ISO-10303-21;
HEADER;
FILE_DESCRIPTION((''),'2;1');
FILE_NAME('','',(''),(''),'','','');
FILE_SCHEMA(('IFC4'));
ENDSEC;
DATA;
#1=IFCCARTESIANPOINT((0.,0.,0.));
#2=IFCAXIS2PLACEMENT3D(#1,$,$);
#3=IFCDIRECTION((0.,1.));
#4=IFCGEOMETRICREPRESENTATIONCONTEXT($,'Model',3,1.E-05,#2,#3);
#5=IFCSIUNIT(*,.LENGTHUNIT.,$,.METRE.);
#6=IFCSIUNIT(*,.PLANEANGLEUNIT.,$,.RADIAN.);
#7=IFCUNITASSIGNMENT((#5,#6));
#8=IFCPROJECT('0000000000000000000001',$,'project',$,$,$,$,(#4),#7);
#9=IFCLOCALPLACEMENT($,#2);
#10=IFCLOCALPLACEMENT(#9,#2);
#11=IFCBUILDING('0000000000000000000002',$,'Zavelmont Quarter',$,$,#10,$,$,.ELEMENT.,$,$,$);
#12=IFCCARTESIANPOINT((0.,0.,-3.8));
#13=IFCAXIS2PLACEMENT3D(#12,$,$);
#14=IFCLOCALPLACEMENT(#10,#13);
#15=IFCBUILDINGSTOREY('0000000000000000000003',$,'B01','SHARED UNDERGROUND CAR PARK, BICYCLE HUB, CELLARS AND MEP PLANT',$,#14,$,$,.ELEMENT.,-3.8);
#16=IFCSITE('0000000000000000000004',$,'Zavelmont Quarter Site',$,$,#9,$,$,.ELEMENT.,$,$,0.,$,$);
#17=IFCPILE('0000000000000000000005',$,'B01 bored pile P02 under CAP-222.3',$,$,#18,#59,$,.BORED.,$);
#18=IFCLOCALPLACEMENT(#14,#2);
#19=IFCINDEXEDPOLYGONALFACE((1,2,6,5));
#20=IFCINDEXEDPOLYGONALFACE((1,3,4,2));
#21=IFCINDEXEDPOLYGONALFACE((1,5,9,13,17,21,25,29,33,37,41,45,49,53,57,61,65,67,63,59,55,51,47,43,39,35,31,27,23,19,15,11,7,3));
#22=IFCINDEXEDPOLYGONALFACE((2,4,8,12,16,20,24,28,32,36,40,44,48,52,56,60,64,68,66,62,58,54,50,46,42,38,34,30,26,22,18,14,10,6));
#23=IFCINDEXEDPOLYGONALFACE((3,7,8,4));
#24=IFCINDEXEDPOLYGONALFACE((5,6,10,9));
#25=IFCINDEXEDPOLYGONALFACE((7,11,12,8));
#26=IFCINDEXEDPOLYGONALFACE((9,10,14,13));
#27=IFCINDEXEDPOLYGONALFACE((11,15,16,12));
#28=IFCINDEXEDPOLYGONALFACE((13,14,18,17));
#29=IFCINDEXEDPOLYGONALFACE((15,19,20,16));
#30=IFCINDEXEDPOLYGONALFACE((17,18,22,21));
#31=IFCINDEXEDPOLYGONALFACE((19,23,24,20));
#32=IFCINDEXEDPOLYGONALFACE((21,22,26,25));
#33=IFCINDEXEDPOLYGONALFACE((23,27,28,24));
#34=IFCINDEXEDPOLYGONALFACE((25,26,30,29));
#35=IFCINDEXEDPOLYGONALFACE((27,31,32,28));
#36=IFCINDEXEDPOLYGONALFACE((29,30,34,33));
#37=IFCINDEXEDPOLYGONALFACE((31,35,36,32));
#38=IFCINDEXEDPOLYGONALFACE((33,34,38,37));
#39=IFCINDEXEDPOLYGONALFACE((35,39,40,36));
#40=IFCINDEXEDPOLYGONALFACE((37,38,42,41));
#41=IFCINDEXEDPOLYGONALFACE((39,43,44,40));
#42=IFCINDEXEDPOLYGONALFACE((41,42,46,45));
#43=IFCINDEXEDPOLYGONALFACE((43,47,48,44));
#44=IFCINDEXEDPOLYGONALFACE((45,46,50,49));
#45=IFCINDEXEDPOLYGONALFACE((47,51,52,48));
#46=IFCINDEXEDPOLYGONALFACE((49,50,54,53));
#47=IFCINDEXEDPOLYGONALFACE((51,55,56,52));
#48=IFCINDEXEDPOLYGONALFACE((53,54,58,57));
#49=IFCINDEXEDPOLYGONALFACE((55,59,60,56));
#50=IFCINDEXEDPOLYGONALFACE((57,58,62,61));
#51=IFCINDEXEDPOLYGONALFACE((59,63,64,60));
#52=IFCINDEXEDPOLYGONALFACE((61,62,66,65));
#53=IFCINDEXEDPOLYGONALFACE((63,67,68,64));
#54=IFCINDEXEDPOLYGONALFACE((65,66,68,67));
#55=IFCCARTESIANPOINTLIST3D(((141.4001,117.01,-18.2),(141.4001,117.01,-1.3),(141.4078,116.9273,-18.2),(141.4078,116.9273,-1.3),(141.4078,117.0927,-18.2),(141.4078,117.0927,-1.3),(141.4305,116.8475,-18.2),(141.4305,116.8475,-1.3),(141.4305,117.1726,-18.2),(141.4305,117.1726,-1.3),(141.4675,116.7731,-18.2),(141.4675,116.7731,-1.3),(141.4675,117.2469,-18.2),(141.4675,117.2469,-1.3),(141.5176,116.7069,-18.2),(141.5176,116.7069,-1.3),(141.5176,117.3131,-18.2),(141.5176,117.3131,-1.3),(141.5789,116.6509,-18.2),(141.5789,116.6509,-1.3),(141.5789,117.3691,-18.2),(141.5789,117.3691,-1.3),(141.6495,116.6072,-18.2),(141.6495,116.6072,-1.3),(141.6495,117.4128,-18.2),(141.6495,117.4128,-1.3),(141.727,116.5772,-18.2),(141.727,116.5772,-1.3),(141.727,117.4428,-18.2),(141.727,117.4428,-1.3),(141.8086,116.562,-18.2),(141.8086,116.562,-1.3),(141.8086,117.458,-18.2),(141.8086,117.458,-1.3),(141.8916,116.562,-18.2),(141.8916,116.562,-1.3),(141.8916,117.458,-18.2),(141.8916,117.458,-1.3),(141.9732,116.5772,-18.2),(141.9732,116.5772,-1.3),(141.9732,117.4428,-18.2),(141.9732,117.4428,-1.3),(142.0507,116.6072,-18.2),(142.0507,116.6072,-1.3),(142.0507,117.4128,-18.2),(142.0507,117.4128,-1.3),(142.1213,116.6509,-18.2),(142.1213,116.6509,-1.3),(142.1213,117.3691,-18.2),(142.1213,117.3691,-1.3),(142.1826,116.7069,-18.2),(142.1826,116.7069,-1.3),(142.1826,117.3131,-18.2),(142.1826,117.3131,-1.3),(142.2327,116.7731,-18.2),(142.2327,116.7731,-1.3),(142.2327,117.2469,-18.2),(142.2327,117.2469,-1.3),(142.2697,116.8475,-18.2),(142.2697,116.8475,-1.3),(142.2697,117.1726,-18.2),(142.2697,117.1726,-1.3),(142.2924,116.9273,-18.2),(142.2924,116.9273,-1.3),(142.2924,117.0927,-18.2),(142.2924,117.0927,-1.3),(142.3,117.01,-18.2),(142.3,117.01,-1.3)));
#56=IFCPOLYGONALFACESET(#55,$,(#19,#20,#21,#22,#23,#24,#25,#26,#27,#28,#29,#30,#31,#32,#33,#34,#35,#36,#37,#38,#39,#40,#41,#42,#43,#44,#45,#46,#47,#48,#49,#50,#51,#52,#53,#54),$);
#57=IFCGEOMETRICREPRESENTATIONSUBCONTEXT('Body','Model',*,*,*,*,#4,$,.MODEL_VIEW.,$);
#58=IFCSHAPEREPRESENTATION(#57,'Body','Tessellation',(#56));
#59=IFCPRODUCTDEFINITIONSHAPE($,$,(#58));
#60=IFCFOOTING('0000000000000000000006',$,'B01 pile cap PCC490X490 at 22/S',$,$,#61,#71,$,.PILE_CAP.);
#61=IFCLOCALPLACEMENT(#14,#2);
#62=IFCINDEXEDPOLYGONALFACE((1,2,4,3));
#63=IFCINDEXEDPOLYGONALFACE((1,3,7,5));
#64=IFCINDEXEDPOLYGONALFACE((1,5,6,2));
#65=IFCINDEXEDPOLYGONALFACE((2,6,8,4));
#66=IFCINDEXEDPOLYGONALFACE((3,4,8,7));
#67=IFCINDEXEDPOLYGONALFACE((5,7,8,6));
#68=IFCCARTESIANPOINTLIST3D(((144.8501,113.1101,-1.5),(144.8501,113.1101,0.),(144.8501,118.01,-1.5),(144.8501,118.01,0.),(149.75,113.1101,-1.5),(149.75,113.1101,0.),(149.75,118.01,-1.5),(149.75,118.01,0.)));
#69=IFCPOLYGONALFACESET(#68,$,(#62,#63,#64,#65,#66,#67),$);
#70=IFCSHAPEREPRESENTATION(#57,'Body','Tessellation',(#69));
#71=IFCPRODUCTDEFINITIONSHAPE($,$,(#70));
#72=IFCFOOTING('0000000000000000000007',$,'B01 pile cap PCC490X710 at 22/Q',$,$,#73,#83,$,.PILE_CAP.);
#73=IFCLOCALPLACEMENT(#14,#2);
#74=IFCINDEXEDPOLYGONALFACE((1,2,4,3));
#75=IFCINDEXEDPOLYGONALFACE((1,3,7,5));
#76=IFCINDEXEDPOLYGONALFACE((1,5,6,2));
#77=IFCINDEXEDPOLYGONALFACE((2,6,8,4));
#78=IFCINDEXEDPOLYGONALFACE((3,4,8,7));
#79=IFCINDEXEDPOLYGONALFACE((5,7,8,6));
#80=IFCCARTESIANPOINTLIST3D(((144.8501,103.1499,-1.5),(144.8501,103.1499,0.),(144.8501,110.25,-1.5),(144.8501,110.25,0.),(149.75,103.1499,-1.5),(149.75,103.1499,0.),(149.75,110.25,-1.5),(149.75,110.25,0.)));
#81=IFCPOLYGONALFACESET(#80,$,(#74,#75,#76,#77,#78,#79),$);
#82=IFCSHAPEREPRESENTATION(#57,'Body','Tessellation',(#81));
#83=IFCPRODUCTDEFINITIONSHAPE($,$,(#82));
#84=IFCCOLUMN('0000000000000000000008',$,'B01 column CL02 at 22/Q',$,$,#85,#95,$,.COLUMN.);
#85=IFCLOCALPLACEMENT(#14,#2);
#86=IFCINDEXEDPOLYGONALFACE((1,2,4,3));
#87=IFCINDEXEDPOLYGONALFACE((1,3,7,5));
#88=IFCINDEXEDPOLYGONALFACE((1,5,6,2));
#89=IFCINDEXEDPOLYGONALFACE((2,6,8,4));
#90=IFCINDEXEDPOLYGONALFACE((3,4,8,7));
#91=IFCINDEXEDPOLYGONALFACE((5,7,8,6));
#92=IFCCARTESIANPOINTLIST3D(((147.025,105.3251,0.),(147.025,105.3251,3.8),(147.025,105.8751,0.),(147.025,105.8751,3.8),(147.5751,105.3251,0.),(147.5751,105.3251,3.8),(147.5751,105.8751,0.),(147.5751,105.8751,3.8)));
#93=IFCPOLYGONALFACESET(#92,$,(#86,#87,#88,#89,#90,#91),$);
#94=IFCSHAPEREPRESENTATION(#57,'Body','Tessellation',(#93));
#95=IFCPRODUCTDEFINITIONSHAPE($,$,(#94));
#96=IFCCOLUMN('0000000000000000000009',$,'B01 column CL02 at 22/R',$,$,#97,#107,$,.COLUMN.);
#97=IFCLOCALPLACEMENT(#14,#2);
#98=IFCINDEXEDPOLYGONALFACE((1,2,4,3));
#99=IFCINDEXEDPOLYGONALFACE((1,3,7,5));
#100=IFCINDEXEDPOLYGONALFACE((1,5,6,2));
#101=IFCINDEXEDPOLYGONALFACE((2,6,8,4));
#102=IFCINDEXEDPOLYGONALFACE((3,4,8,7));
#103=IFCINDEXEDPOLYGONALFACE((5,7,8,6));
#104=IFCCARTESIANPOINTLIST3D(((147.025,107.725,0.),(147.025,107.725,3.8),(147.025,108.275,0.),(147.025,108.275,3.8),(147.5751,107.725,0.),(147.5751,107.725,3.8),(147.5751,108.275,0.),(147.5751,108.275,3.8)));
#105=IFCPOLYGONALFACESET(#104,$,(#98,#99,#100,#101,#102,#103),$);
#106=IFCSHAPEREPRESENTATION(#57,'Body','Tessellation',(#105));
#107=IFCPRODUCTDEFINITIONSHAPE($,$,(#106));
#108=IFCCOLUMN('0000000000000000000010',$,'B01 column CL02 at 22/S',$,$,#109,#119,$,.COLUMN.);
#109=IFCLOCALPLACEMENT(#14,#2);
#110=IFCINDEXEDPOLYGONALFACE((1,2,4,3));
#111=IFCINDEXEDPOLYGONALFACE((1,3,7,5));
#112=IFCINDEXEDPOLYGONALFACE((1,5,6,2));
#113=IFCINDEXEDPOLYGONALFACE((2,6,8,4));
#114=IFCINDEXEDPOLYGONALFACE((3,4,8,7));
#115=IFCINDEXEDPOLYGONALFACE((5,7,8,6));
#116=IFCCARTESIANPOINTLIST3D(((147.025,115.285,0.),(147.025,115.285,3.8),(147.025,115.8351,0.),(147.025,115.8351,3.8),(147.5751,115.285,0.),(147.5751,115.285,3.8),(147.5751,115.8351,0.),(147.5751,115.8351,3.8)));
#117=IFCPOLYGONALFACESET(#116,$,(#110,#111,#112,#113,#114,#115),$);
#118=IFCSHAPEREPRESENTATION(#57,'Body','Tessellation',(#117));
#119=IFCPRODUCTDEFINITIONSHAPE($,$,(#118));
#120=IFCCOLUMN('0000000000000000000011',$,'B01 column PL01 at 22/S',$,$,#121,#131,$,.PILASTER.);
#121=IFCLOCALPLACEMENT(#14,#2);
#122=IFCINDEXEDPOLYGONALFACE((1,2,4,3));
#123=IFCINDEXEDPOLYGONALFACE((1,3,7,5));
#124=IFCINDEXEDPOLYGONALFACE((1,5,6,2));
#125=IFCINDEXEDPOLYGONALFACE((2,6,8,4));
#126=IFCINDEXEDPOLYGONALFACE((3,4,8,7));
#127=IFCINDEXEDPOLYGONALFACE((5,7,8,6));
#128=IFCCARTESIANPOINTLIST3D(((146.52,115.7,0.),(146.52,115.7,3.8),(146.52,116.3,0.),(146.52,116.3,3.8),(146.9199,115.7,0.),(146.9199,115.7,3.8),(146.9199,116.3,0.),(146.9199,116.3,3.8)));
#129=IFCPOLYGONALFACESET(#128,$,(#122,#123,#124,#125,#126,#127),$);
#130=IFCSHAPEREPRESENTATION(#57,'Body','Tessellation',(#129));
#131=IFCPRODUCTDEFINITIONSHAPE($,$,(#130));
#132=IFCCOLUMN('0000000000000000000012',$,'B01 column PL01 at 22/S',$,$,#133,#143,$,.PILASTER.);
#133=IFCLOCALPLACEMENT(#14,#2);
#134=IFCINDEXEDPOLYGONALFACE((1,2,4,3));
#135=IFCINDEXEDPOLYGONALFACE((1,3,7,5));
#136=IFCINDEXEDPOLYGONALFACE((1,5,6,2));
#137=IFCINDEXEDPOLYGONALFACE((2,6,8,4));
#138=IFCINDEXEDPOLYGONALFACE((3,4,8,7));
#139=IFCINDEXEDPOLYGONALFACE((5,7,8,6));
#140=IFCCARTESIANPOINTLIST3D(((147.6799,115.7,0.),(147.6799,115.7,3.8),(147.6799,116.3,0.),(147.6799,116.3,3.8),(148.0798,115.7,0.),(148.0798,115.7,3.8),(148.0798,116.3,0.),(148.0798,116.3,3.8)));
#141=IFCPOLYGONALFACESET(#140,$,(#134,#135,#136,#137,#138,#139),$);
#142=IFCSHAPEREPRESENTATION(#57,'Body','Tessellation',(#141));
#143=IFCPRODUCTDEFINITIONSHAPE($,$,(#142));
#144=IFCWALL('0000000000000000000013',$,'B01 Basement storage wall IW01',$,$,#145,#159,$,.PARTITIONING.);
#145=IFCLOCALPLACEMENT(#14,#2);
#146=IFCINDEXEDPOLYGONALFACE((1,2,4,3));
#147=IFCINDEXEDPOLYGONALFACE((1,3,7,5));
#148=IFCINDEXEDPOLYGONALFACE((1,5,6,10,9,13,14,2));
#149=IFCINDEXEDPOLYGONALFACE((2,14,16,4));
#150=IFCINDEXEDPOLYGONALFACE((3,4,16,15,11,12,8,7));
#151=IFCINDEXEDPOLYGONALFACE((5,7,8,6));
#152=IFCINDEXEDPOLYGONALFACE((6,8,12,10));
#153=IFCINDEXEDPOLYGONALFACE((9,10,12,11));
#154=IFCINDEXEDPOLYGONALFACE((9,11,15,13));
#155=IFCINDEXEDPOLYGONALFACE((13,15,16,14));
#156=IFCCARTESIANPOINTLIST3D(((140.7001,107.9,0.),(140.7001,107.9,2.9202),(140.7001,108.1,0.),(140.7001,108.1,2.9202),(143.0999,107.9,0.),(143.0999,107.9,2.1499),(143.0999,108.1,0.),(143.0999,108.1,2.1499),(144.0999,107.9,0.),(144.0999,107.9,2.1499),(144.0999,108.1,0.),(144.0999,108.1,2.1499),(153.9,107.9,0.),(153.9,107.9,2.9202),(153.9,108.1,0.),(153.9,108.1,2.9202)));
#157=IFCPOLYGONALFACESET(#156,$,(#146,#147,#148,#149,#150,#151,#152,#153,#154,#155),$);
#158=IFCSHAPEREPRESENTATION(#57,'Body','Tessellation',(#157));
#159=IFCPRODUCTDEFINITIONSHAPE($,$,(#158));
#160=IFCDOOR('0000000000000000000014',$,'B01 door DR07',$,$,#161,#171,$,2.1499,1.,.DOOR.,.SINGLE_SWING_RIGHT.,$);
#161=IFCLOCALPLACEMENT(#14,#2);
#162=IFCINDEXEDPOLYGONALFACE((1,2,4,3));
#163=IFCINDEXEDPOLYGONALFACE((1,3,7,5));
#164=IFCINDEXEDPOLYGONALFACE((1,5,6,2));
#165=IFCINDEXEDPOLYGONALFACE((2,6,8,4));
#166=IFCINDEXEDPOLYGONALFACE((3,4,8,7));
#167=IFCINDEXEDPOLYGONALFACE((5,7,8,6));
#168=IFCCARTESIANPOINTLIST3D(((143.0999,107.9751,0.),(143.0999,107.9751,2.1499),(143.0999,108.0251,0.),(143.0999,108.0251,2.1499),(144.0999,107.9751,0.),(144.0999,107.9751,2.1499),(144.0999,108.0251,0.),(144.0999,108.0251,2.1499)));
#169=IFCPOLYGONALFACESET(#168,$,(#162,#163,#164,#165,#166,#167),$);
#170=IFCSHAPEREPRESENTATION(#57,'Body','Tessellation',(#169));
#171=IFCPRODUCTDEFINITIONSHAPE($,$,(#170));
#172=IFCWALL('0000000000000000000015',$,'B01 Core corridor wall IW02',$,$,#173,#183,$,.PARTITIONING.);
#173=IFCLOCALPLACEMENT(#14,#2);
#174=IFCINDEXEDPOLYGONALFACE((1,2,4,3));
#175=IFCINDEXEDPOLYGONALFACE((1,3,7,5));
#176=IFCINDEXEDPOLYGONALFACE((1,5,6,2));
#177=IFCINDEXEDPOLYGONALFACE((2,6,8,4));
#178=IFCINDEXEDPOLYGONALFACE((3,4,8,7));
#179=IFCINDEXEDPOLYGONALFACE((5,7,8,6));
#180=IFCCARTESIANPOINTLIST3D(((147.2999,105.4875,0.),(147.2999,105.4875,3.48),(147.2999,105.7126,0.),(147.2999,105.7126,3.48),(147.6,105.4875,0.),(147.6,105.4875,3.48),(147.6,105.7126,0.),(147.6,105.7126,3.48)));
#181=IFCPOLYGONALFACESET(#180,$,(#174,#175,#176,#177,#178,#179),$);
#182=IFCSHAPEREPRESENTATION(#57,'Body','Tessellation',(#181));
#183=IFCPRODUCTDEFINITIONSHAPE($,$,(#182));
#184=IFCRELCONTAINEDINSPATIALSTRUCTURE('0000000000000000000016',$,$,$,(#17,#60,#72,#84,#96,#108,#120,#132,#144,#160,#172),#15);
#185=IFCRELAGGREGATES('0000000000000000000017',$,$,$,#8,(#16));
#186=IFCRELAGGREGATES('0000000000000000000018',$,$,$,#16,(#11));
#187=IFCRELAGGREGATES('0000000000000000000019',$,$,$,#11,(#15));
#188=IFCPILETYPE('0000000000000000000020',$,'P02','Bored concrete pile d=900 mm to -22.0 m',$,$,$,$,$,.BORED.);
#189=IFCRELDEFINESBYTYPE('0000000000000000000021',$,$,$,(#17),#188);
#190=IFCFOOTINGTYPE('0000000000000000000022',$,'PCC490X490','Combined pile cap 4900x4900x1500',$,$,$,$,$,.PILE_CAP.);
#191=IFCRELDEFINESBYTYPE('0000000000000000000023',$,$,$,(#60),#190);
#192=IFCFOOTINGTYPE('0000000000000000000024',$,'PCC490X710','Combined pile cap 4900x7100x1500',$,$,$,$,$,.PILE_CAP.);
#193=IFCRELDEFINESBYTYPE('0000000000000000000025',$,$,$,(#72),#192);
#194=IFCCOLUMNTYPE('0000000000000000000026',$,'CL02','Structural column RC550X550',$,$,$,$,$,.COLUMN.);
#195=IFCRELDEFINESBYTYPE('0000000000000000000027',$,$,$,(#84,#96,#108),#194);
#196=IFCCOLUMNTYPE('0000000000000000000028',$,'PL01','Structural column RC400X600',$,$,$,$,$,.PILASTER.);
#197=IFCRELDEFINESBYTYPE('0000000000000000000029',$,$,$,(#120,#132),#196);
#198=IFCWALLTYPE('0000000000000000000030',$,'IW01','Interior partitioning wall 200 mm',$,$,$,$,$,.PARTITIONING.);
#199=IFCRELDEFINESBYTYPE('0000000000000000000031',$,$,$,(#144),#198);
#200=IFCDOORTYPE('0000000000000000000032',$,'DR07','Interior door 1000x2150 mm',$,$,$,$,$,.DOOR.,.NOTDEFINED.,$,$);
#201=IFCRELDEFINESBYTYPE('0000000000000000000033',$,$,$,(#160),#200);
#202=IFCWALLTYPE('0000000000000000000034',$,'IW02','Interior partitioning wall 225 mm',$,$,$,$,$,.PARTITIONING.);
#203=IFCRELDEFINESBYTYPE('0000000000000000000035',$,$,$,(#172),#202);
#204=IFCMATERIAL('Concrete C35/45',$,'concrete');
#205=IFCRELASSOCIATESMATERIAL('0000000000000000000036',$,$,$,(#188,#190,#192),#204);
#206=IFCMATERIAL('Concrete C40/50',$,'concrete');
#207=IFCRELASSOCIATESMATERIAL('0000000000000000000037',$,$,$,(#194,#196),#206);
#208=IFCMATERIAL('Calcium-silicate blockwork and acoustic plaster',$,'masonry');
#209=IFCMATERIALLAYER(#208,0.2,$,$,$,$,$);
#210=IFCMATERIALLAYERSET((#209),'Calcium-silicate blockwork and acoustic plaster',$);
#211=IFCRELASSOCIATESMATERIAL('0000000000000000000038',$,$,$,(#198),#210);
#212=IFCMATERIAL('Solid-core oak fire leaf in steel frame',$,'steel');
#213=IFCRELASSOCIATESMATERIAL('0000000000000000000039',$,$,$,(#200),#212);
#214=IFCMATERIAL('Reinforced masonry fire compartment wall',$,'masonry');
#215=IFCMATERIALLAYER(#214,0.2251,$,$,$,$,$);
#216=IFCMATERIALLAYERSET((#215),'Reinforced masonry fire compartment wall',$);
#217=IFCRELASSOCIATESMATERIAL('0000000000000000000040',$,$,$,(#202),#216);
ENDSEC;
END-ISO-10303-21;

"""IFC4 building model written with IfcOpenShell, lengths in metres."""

from ifc_helpers import new_model, si_unit, direction, frame, frame_2d, origin, origin_2d, place, context, subcontext, project, spatial, rectangle, circle, extrude, material, layer, layer_set, material_profile, profile_set, type_object, element, fill, save


model = new_model("IFC4")

# Units and contexts
model_context = context("Model", 3, precision=1e-05, world=origin(), true_north=direction((0.0, 1.0)))
body_context = subcontext(model_context, "Body", "Model", "MODEL_VIEW")
ifc_project = project(units=[si_unit("LENGTHUNIT", "METRE"), si_unit("PLANEANGLEUNIT", "RADIAN")], contexts=[model_context])

# Site, building, storey
site_placement = place(None, origin())
site = spatial("IfcSite", under=ifc_project, at=site_placement, Name="Zavelmont Quarter Site", CompositionType="ELEMENT", RefElevation=0.0)
building_placement = place(site_placement, origin())
building = spatial("IfcBuilding", under=site, at=building_placement, Name="Zavelmont Quarter", CompositionType="ELEMENT")
storey_placement = place(building_placement, frame((0.0, 0.0, -3.8)))
storey = spatial("IfcBuildingStorey", under=building, at=storey_placement, Name="B01", Description="SHARED UNDERGROUND CAR PARK, BICYCLE HUB, CELLARS AND MEP PLANT", CompositionType="ELEMENT", Elevation=-3.8)

# Shared definitions
ifc_material_1 = material(Name="Concrete C35/45", Category="concrete")

# Pile
ifc_material_profile_1 = material_profile(ifc_material_1, circle(Radius=0.45, at=origin_2d()), Name="BP900")
ifc_profile_set_1 = profile_set([ifc_material_profile_1], Name="Concrete C35/45")
pile_type_1 = type_object("IfcPileType", Name="P02", Description="Bored concrete pile d=900 mm to -22.0 m", PredefinedType="BORED", material=ifc_profile_set_1)
for number, where, z_axis, x_axis, name in (
    (1, (141.8501, 117.01, -1.3), (0.0, 0.0, -1.0), (1.0, 0.0, 0.0), "B01 bored pile P02 under CAP-222.3"),
):
    element("IfcPile", number, at=place(storey_placement, frame(where, z_axis=z_axis, x_axis=x_axis)), inside=storey, type_object=pile_type_1, Name=name, PredefinedType="BORED", context=body_context, shape_type="SweptSolid", body=[
        extrude(circle(Radius=0.45, at=origin_2d()), origin(), (0.0, 0.0, 1.0), 16.8999),
    ])

# Footings
footing_type_1 = type_object("IfcFootingType", Name="PCC490X490", Description="Combined pile cap 4900x4900x1500", PredefinedType="PILE_CAP", material=ifc_material_1)
footing_1_placement = place(storey_placement, frame((147.3, 115.5601, -1.5), z_axis=(0.0, 0.0, 1.0), x_axis=(1.0, 0.0, 0.0)))
element("IfcFooting", 2, at=footing_1_placement, inside=storey, type_object=footing_type_1, Name="B01 pile cap PCC490X490 at 22/S", PredefinedType="PILE_CAP", context=body_context, shape_type="SweptSolid", body=[
    extrude(rectangle(XDim=4.8999, YDim=4.8999, at=origin_2d()), origin(), (0.0, 0.0, 1.0), 1.5),
])
footing_type_2 = type_object("IfcFootingType", Name="PCC490X710", Description="Combined pile cap 4900x7100x1500", PredefinedType="PILE_CAP", material=ifc_material_1)
footing_2_placement = place(storey_placement, frame((147.3, 106.7, -1.5), z_axis=(0.0, 0.0, 1.0), x_axis=(1.0, 0.0, 0.0)))
element("IfcFooting", 3, at=footing_2_placement, inside=storey, type_object=footing_type_2, Name="B01 pile cap PCC490X710 at 22/Q", PredefinedType="PILE_CAP", context=body_context, shape_type="SweptSolid", body=[
    extrude(rectangle(XDim=4.8999, YDim=7.1001, at=origin_2d()), origin(), (0.0, 0.0, 1.0), 1.5),
])

# Columns
ifc_material_2 = material(Name="Concrete C40/50", Category="concrete")
ifc_material_profile_2 = material_profile(ifc_material_2, rectangle(XDim=0.55, YDim=0.55, at=origin_2d()), Name="RC550X550")
ifc_profile_set_2 = profile_set([ifc_material_profile_2], Name="Concrete C40/50")
column_type_1 = type_object("IfcColumnType", Name="CL02", Description="Structural column RC550X550", PredefinedType="COLUMN", material=ifc_profile_set_2)
for number, where, z_axis, x_axis, name in (
    (4, (147.3, 105.6001, 0.0), (0.0, 0.0, 1.0), (1.0, 0.0, 0.0), "B01 column CL02 at 22/Q"),
    (5, (147.3, 108.0, 0.0), (0.0, 0.0, 1.0), (1.0, 0.0, 0.0), "B01 column CL02 at 22/R"),
    (6, (147.3, 115.5601, 0.0), (0.0, 0.0, 1.0), (1.0, 0.0, 0.0), "B01 column CL02 at 22/S"),
):
    element("IfcColumn", number, at=place(storey_placement, frame(where, z_axis=z_axis, x_axis=x_axis)), inside=storey, type_object=column_type_1, Name=name, PredefinedType="COLUMN", context=body_context, shape_type="SweptSolid", body=[
        extrude(rectangle(XDim=0.55, YDim=0.55, at=origin_2d()), origin(), (0.0, 0.0, 1.0), 3.8),
    ])
ifc_material_profile_3 = material_profile(ifc_material_2, rectangle(XDim=0.3999, YDim=0.6001, at=origin_2d()), Name="RC400X600")
ifc_profile_set_3 = profile_set([ifc_material_profile_3], Name="Concrete C40/50")
column_type_2 = type_object("IfcColumnType", Name="PL01", Description="Structural column RC400X600", PredefinedType="PILASTER", material=ifc_profile_set_3)
for number, where, z_axis, x_axis, name in (
    (7, (146.72, 116.0, 0.0), (0.0, 0.0, 1.0), (1.0, 0.0, 0.0), "B01 column PL01 at 22/S"),
    (8, (147.8799, 116.0, 0.0), (0.0, 0.0, 1.0), (1.0, 0.0, 0.0), "B01 column PL01 at 22/S"),
):
    element("IfcColumn", number, at=place(storey_placement, frame(where, z_axis=z_axis, x_axis=x_axis)), inside=storey, type_object=column_type_2, Name=name, PredefinedType="PILASTER", context=body_context, shape_type="SweptSolid", body=[
        extrude(rectangle(XDim=0.3999, YDim=0.6001, at=origin_2d()), origin(), (0.0, 0.0, 1.0), 3.8),
    ])

# Wall, opening, door
ifc_material_3 = material(Name="Calcium-silicate blockwork and acoustic plaster", Category="masonry")
ifc_layer_1 = layer(ifc_material_3, 0.2)
ifc_layer_set_1 = layer_set([ifc_layer_1], Name="Calcium-silicate blockwork and acoustic plaster")
wall_type_1 = type_object("IfcWallType", Name="IW01", Description="Interior partitioning wall 200 mm", PredefinedType="PARTITIONING", material=ifc_layer_set_1)
wall_1_placement = place(storey_placement, frame((140.7, 108.0, 0.0), z_axis=(0.0, 0.0, 1.0), x_axis=(1.0, 0.0, 0.0)))
wall_1 = element("IfcWall", 9, at=wall_1_placement, inside=storey, type_object=wall_type_1, Name="B01 Basement storage wall IW01", PredefinedType="PARTITIONING", context=body_context, shape_type="SweptSolid", body=[
    extrude(rectangle(XDim=13.2, YDim=0.2, at=frame_2d((6.6001, 0.0))), origin(), (0.0, 0.0, 1.0), 2.9202),
])
opening_placement = place(wall_1_placement, frame((2.3999, 0.0, 0.0)))
opening = element("IfcOpeningElement", 10, at=opening_placement, cuts=wall_1, PredefinedType="OPENING", context=body_context, shape_type="SweptSolid", body=[
    extrude(rectangle(XDim=1.0, YDim=2.1499, at=frame_2d((0.5, 1.075))), frame((0.0, 0.1118, 0.0), z_axis=(0.0, -1.0, 0.0), x_axis=(1.0, 0.0, 0.0)), (0.0, 0.0, 1.0), 0.2239),
])
ifc_material_4 = material(Name="Solid-core oak fire leaf in steel frame", Category="steel")
door_type = type_object("IfcDoorType", Name="DR07", Description="Interior door 1000x2150 mm", OperationType="NOTDEFINED", PredefinedType="DOOR", material=ifc_material_4)
door_placement = place(opening_placement, frame((1.0, 0.0, 0.0), z_axis=(0.0, 0.0, 1.0), x_axis=(-1.0, 0.0, 0.0)))
door = element("IfcDoor", 11, at=door_placement, inside=storey, type_object=door_type, Name="B01 door DR07", OperationType="SINGLE_SWING_RIGHT", OverallHeight=2.1499, OverallWidth=1.0, PredefinedType="DOOR", context=body_context, shape_type="SweptSolid", body=[
    extrude(rectangle(XDim=1.0, YDim=2.1499, at=frame_2d((0.5, 1.075))), frame((0.0, 0.0249, 0.0), z_axis=(0.0, -1.0, 0.0), x_axis=(1.0, 0.0, 0.0)), (0.0, 0.0, 1.0), 0.05),
])
fill(opening, door)

# Wall
ifc_material_5 = material(Name="Reinforced masonry fire compartment wall", Category="masonry")
ifc_layer_2 = layer(ifc_material_5, 0.2251)
ifc_layer_set_2 = layer_set([ifc_layer_2], Name="Reinforced masonry fire compartment wall")
wall_type_2 = type_object("IfcWallType", Name="IW02", Description="Interior partitioning wall 225 mm", PredefinedType="PARTITIONING", material=ifc_layer_set_2)
wall_2_placement = place(storey_placement, frame((147.3, 105.6001, 0.0), z_axis=(0.0, 0.0, 1.0), x_axis=(1.0, 0.0, 0.0)))
element("IfcWall", 12, at=wall_2_placement, inside=storey, type_object=wall_type_2, Name="B01 Core corridor wall IW02", PredefinedType="PARTITIONING", context=body_context, shape_type="SweptSolid", body=[
    extrude(rectangle(XDim=0.3, YDim=0.2251, at=frame_2d((0.1499, 0.0))), origin(), (0.0, 0.0, 1.0), 3.48),
])

save(model, "model.ifc")
